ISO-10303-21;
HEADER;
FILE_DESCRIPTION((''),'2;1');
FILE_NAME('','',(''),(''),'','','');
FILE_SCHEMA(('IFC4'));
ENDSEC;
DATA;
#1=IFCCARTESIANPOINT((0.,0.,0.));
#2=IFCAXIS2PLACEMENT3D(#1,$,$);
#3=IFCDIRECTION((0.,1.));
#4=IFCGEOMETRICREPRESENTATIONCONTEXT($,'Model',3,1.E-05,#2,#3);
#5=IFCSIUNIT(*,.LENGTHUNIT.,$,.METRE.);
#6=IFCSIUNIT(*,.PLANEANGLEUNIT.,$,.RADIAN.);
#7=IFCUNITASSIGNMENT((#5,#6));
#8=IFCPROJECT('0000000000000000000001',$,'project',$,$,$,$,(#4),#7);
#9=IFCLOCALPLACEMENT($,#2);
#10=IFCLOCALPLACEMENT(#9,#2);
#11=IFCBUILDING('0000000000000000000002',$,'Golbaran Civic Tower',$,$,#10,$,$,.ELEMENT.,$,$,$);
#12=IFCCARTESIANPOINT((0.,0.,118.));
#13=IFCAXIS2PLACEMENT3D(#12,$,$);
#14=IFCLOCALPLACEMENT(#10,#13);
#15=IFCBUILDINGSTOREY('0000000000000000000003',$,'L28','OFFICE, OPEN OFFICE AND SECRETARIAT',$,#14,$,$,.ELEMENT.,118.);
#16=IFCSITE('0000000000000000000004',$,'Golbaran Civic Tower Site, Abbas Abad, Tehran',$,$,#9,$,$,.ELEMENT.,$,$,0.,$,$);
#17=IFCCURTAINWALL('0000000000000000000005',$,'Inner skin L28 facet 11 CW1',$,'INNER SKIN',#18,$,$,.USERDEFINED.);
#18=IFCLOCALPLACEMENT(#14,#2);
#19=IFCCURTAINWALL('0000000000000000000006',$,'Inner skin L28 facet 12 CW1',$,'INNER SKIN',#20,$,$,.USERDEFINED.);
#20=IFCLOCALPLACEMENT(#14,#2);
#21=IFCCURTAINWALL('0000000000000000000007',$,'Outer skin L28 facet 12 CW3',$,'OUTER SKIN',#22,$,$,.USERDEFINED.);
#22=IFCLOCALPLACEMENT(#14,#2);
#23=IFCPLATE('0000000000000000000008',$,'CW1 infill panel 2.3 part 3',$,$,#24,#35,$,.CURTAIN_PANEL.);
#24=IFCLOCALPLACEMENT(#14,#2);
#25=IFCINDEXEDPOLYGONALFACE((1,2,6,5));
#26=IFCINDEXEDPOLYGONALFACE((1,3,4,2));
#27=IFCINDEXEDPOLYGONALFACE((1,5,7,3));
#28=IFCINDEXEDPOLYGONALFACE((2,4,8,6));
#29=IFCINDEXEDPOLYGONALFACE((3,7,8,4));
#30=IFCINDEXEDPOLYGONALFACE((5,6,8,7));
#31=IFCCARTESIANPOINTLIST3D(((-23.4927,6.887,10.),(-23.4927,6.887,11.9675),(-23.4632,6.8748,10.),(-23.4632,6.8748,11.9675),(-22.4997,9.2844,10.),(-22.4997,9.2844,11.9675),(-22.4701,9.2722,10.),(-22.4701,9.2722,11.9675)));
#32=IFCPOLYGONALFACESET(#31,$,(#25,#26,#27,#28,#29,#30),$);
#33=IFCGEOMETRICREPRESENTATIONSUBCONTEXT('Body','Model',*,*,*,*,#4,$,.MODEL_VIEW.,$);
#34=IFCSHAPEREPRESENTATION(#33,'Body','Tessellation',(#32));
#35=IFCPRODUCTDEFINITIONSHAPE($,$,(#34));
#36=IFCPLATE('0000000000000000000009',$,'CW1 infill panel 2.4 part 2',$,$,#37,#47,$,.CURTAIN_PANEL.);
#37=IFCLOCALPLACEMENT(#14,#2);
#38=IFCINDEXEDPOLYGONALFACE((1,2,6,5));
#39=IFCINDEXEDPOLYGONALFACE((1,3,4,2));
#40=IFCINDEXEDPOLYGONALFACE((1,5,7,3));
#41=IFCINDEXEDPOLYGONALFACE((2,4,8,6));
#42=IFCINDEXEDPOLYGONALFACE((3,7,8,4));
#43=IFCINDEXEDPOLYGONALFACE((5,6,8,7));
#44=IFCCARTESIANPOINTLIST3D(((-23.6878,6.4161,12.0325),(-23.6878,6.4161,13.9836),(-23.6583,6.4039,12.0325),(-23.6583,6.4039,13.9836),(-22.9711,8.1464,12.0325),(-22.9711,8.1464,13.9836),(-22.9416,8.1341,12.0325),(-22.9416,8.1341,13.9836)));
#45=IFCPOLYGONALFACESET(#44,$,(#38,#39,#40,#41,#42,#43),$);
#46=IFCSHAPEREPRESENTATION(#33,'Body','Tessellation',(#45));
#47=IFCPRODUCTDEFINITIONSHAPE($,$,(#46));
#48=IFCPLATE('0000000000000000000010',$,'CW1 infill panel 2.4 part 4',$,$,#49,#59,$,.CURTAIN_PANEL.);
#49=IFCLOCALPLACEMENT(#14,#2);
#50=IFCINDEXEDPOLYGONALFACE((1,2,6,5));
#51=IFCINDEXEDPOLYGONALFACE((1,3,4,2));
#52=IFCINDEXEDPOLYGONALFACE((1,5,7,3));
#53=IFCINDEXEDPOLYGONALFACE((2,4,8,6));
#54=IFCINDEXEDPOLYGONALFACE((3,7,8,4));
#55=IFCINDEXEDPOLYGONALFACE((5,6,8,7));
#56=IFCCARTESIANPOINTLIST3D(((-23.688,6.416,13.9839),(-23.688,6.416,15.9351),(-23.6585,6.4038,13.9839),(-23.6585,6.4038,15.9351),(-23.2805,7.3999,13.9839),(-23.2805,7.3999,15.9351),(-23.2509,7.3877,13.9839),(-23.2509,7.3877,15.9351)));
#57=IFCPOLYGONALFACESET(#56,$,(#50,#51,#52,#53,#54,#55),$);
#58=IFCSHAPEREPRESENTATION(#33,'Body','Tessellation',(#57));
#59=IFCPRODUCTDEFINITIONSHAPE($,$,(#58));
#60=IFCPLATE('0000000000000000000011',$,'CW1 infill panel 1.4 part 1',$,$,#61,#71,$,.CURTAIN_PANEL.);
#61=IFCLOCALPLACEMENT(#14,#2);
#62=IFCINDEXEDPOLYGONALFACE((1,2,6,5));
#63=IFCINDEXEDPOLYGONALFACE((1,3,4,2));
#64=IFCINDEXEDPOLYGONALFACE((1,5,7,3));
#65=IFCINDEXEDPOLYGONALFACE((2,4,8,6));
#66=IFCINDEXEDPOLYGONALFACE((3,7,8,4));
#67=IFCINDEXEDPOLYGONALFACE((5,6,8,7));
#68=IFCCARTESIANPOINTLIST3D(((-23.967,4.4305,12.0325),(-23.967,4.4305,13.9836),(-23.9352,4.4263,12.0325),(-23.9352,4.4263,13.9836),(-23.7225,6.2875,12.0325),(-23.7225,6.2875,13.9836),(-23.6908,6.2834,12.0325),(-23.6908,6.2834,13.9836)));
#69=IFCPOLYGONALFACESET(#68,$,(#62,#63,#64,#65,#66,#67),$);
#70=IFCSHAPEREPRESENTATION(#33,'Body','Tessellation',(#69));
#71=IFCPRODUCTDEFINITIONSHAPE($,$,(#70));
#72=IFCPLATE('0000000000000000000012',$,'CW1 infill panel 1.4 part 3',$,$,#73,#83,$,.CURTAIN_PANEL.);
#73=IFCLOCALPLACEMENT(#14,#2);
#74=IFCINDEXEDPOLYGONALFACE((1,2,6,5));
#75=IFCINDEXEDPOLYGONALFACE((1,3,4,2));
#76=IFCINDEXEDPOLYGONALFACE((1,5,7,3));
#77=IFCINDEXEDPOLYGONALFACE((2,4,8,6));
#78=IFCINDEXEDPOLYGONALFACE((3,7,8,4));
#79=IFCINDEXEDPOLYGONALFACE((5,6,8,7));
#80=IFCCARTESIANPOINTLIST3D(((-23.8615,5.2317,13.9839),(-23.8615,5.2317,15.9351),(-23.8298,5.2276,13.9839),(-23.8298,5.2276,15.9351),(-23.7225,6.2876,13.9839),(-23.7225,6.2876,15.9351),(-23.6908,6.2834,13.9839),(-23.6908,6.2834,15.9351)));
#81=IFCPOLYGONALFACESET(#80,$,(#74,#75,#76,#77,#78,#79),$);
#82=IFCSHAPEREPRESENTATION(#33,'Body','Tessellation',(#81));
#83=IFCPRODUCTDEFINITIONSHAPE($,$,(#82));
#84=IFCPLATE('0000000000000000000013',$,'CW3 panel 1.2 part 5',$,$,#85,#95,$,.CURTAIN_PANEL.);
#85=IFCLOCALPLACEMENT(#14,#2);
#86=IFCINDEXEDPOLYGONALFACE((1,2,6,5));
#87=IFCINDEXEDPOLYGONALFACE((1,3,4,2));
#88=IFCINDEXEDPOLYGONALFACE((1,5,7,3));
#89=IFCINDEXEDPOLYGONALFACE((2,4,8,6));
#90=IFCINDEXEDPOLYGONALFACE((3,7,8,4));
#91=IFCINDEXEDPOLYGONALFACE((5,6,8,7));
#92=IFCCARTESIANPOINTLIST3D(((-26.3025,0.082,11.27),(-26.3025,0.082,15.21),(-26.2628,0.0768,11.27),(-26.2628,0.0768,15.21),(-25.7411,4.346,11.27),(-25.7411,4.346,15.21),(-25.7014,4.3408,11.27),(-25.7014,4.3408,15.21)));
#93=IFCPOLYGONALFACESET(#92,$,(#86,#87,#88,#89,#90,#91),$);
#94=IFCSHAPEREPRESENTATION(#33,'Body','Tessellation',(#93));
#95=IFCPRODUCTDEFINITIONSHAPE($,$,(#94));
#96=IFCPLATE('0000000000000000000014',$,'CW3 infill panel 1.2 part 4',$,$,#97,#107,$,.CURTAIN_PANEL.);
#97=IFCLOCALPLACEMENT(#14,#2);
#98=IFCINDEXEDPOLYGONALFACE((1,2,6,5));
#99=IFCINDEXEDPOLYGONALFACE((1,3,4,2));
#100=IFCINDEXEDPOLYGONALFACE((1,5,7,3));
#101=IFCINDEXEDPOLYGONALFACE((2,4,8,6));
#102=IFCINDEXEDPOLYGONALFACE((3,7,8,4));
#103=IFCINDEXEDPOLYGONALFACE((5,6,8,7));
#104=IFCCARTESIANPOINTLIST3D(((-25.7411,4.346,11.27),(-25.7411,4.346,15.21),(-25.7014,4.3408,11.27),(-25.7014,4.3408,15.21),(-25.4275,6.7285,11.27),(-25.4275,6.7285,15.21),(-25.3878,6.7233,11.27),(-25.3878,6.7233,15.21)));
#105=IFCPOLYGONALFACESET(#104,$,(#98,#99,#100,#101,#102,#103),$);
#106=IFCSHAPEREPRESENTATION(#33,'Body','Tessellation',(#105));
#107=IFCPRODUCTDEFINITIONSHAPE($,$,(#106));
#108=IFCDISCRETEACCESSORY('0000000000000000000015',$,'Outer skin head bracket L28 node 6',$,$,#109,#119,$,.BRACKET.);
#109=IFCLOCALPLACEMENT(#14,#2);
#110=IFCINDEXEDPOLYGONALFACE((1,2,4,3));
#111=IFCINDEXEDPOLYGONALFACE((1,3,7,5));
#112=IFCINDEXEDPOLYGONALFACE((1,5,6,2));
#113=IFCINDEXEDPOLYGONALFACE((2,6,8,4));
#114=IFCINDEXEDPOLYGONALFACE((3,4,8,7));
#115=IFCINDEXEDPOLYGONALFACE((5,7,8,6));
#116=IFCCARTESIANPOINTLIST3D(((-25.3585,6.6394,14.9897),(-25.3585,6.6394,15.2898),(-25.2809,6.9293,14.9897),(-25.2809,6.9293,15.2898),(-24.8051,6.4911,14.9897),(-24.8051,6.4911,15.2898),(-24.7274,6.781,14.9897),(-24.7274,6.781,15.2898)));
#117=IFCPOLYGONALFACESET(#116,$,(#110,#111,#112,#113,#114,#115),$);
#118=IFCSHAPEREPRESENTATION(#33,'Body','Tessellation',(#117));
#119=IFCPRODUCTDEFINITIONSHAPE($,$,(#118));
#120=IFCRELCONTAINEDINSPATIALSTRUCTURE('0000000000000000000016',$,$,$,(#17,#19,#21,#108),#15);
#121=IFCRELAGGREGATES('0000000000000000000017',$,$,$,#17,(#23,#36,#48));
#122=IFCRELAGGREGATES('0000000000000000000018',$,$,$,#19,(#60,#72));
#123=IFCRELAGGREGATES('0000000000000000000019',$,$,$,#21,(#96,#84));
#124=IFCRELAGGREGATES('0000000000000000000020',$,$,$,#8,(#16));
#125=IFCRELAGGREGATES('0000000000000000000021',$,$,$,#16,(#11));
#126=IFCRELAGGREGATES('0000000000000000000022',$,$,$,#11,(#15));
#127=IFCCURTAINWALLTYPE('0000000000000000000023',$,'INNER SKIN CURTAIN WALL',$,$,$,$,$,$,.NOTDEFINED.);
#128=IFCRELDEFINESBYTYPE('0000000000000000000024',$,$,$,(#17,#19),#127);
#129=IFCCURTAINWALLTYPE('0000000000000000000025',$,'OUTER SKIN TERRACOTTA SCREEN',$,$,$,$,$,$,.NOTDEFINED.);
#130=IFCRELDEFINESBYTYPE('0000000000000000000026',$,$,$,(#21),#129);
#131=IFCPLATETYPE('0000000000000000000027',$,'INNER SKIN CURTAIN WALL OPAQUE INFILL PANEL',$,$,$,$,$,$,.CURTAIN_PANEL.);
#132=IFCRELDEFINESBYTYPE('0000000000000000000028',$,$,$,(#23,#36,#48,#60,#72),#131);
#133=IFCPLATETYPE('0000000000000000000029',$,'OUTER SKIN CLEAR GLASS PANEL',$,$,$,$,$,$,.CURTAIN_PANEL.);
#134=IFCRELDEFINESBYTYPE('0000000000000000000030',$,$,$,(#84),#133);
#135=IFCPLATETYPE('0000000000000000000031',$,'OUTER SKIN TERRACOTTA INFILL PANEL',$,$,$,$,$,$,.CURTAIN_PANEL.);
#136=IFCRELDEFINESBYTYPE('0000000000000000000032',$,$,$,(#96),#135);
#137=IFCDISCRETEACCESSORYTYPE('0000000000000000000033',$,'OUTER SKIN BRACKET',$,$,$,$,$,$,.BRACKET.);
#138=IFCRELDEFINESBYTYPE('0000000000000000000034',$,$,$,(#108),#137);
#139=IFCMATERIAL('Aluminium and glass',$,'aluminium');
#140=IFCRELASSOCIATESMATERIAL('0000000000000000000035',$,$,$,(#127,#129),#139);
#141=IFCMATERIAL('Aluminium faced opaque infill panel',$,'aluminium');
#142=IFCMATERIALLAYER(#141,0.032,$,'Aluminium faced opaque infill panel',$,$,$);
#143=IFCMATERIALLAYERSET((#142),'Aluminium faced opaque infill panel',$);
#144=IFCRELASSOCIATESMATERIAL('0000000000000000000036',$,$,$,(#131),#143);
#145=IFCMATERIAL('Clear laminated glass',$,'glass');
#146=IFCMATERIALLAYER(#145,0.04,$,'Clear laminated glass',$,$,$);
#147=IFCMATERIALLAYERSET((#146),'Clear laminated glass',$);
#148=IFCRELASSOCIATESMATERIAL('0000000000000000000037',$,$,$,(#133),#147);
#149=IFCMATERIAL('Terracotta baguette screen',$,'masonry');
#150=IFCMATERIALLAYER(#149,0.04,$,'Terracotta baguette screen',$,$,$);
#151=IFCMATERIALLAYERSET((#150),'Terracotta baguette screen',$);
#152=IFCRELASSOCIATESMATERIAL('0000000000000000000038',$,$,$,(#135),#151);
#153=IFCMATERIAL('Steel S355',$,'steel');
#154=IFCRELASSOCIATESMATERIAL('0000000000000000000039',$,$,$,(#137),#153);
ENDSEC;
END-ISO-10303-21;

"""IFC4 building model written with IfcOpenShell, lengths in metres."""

from ifc_helpers import new_model, si_unit, direction, frame, origin, origin_2d, place, context, subcontext, project, spatial, rectangle, extrude, material, layer, layer_set, type_object, element, aggregate, save


model = new_model("IFC4")

# Units and contexts
model_context = context("Model", 3, precision=1e-05, world=origin(), true_north=direction((0.0, 1.0)))
body_context = subcontext(model_context, "Body", "Model", "MODEL_VIEW")
ifc_project = project(units=[si_unit("LENGTHUNIT", "METRE"), si_unit("PLANEANGLEUNIT", "RADIAN")], contexts=[model_context])

# Site, building, storey
site_placement = place(None, origin())
site = spatial("IfcSite", under=ifc_project, at=site_placement, Name="Golbaran Civic Tower Site, Abbas Abad, Tehran", CompositionType="ELEMENT", RefElevation=0.0)
building_placement = place(site_placement, origin())
building = spatial("IfcBuilding", under=site, at=building_placement, Name="Golbaran Civic Tower", CompositionType="ELEMENT")
storey_placement = place(building_placement, frame((0.0, 0.0, 118.0)))
storey = spatial("IfcBuildingStorey", under=building, at=storey_placement, Name="L28", Description="OFFICE, OPEN OFFICE AND SECRETARIAT", CompositionType="ELEMENT", Elevation=118.0)

# Curtain walls
ifc_material_1 = material(Name="Aluminium and glass", Category="aluminium")
curtain_wall_type_1 = type_object("IfcCurtainWallType", Name="INNER SKIN CURTAIN WALL", PredefinedType="NOTDEFINED", material=ifc_material_1)
curtain_wall_1_placement = place(storey_placement, origin())
curtain_wall_1 = element("IfcCurtainWall", 1, at=curtain_wall_1_placement, inside=storey, type_object=curtain_wall_type_1, Name="Inner skin L28 facet 11 CW1", ObjectType="INNER SKIN", PredefinedType="USERDEFINED")
curtain_wall_2_placement = place(storey_placement, origin())
curtain_wall_2 = element("IfcCurtainWall", 2, at=curtain_wall_2_placement, inside=storey, type_object=curtain_wall_type_1, Name="Inner skin L28 facet 12 CW1", ObjectType="INNER SKIN", PredefinedType="USERDEFINED")

# Curtain wall
curtain_wall_type_2 = type_object("IfcCurtainWallType", Name="OUTER SKIN TERRACOTTA SCREEN", PredefinedType="NOTDEFINED", material=ifc_material_1)
curtain_wall_3_placement = place(storey_placement, origin())
curtain_wall_3 = element("IfcCurtainWall", 3, at=curtain_wall_3_placement, inside=storey, type_object=curtain_wall_type_2, Name="Outer skin L28 facet 12 CW3", ObjectType="OUTER SKIN", PredefinedType="USERDEFINED")

# Plates
ifc_material_2 = material(Name="Aluminium faced opaque infill panel", Category="aluminium")
ifc_layer_1 = layer(ifc_material_2, 0.032, Name="Aluminium faced opaque infill panel")
ifc_layer_set_1 = layer_set([ifc_layer_1], Name="Aluminium faced opaque infill panel")
plate_type_1 = type_object("IfcPlateType", Name="INNER SKIN CURTAIN WALL OPAQUE INFILL PANEL", PredefinedType="CURTAIN_PANEL", material=ifc_layer_set_1)
plate_1_placement = place(storey_placement, frame((-22.9814, 8.0796, 10.0), z_axis=(0.0, 0.0, 1.0), x_axis=(-0.382683, -0.92388, 0.0)))
plate_1 = element("IfcPlate", 4, at=plate_1_placement, type_object=plate_type_1, Name="CW1 infill panel 2.3 part 3", PredefinedType="CURTAIN_PANEL", context=body_context, shape_type="SweptSolid", body=[
    extrude(rectangle(XDim=2.595, YDim=0.032, at=origin_2d()), origin(), (0.0, 0.0, 1.0), 1.9675),
])
plate_2_placement = place(storey_placement, frame((-23.3147, 7.2751, 12.0325), z_axis=(0.0, 0.0, 1.0), x_axis=(-0.382683, -0.92388, 0.0)))
plate_2 = element("IfcPlate", 5, at=plate_2_placement, type_object=plate_type_1, Name="CW1 infill panel 2.4 part 2", PredefinedType="CURTAIN_PANEL", context=body_context, shape_type="SweptSolid", body=[
    extrude(rectangle(XDim=1.8728, YDim=0.032, at=origin_2d()), origin(), (0.0, 0.0, 1.0), 1.9512),
])
plate_3_placement = place(storey_placement, frame((-23.4695, 6.9019, 13.9839), z_axis=(0.0, 0.0, 1.0), x_axis=(-0.382683, -0.92388, 0.0)))
plate_3 = element("IfcPlate", 6, at=plate_3_placement, type_object=plate_type_1, Name="CW1 infill panel 2.4 part 4", PredefinedType="CURTAIN_PANEL", context=body_context, shape_type="SweptSolid", body=[
    extrude(rectangle(XDim=1.0649, YDim=0.032, at=origin_2d()), origin(), (0.0, 0.0, 1.0), 1.9512),
])
aggregate(curtain_wall_1, [plate_1, plate_2, plate_3])
plate_4_placement = place(storey_placement, frame((-23.8289, 5.3569, 12.0325), z_axis=(0.0, 0.0, 1.0), x_axis=(-0.130526, -0.991445, 0.0)))
plate_4 = element("IfcPlate", 7, at=plate_4_placement, type_object=plate_type_1, Name="CW1 infill panel 1.4 part 1", PredefinedType="CURTAIN_PANEL", context=body_context, shape_type="SweptSolid", body=[
    extrude(rectangle(XDim=1.873, YDim=0.032, at=origin_2d()), origin(), (0.0, 0.0, 1.0), 1.9512),
])
plate_5_placement = place(storey_placement, frame((-23.7761, 5.7576, 13.9839), z_axis=(0.0, 0.0, 1.0), x_axis=(-0.130526, -0.991445, 0.0)))
plate_5 = element("IfcPlate", 8, at=plate_5_placement, type_object=plate_type_1, Name="CW1 infill panel 1.4 part 3", PredefinedType="CURTAIN_PANEL", context=body_context, shape_type="SweptSolid", body=[
    extrude(rectangle(XDim=1.0649, YDim=0.032, at=origin_2d()), origin(), (0.0, 0.0, 1.0), 1.9512),
])
aggregate(curtain_wall_2, [plate_4, plate_5])
ifc_material_3 = material(Name="Clear laminated glass", Category="glass")
ifc_layer_2 = layer(ifc_material_3, 0.04, Name="Clear laminated glass")
ifc_layer_set_2 = layer_set([ifc_layer_2], Name="Clear laminated glass")
plate_type_2 = type_object("IfcPlateType", Name="OUTER SKIN CLEAR GLASS PANEL", PredefinedType="CURTAIN_PANEL", material=ifc_layer_set_2)
plate_6_placement = place(storey_placement, frame((-26.002, 2.2114, 11.27), z_axis=(0.0, 0.0, 1.0), x_axis=(-0.130526, -0.991445, 0.0)))
plate_6 = element("IfcPlate", 9, at=plate_6_placement, type_object=plate_type_2, Name="CW3 panel 1.2 part 5", PredefinedType="CURTAIN_PANEL", context=body_context, shape_type="SweptSolid", body=[
    extrude(rectangle(XDim=4.3008, YDim=0.04, at=origin_2d()), origin(), (0.0, 0.0, 1.0), 3.9399),
])
ifc_material_4 = material(Name="Terracotta baguette screen", Category="masonry")
ifc_layer_3 = layer(ifc_material_4, 0.04, Name="Terracotta baguette screen")
ifc_layer_set_3 = layer_set([ifc_layer_3], Name="Terracotta baguette screen")
plate_type_3 = type_object("IfcPlateType", Name="OUTER SKIN TERRACOTTA INFILL PANEL", PredefinedType="CURTAIN_PANEL", material=ifc_layer_set_3)
plate_7_placement = place(storey_placement, frame((-25.5645, 5.5347, 11.27), z_axis=(0.0, 0.0, 1.0), x_axis=(-0.130526, -0.991445, 0.0)))
plate_7 = element("IfcPlate", 10, at=plate_7_placement, type_object=plate_type_3, Name="CW3 infill panel 1.2 part 4", PredefinedType="CURTAIN_PANEL", context=body_context, shape_type="SweptSolid", body=[
    extrude(rectangle(XDim=2.4031, YDim=0.04, at=origin_2d()), origin(), (0.0, 0.0, 1.0), 3.9399),
])
aggregate(curtain_wall_3, [plate_7, plate_6])

# Discrete accessory
ifc_material_5 = material(Name="Steel S355", Category="steel")
discrete_accessory_type = type_object("IfcDiscreteAccessoryType", Name="OUTER SKIN BRACKET", PredefinedType="BRACKET", material=ifc_material_5)
discrete_accessory_placement = place(storey_placement, frame((-25.043, 6.7102, 14.9897), z_axis=(0.0, 0.0, 1.0), x_axis=(-0.965926, 0.258819, 0.0)))
element("IfcDiscreteAccessory", 11, at=discrete_accessory_placement, inside=storey, type_object=discrete_accessory_type, Name="Outer skin head bracket L28 node 6", PredefinedType="BRACKET", context=body_context, shape_type="SweptSolid", body=[
    extrude(rectangle(XDim=0.573, YDim=0.3, at=origin_2d()), origin(), (0.0, 0.0, 1.0), 0.3),
])

save(model, "model.ifc")
